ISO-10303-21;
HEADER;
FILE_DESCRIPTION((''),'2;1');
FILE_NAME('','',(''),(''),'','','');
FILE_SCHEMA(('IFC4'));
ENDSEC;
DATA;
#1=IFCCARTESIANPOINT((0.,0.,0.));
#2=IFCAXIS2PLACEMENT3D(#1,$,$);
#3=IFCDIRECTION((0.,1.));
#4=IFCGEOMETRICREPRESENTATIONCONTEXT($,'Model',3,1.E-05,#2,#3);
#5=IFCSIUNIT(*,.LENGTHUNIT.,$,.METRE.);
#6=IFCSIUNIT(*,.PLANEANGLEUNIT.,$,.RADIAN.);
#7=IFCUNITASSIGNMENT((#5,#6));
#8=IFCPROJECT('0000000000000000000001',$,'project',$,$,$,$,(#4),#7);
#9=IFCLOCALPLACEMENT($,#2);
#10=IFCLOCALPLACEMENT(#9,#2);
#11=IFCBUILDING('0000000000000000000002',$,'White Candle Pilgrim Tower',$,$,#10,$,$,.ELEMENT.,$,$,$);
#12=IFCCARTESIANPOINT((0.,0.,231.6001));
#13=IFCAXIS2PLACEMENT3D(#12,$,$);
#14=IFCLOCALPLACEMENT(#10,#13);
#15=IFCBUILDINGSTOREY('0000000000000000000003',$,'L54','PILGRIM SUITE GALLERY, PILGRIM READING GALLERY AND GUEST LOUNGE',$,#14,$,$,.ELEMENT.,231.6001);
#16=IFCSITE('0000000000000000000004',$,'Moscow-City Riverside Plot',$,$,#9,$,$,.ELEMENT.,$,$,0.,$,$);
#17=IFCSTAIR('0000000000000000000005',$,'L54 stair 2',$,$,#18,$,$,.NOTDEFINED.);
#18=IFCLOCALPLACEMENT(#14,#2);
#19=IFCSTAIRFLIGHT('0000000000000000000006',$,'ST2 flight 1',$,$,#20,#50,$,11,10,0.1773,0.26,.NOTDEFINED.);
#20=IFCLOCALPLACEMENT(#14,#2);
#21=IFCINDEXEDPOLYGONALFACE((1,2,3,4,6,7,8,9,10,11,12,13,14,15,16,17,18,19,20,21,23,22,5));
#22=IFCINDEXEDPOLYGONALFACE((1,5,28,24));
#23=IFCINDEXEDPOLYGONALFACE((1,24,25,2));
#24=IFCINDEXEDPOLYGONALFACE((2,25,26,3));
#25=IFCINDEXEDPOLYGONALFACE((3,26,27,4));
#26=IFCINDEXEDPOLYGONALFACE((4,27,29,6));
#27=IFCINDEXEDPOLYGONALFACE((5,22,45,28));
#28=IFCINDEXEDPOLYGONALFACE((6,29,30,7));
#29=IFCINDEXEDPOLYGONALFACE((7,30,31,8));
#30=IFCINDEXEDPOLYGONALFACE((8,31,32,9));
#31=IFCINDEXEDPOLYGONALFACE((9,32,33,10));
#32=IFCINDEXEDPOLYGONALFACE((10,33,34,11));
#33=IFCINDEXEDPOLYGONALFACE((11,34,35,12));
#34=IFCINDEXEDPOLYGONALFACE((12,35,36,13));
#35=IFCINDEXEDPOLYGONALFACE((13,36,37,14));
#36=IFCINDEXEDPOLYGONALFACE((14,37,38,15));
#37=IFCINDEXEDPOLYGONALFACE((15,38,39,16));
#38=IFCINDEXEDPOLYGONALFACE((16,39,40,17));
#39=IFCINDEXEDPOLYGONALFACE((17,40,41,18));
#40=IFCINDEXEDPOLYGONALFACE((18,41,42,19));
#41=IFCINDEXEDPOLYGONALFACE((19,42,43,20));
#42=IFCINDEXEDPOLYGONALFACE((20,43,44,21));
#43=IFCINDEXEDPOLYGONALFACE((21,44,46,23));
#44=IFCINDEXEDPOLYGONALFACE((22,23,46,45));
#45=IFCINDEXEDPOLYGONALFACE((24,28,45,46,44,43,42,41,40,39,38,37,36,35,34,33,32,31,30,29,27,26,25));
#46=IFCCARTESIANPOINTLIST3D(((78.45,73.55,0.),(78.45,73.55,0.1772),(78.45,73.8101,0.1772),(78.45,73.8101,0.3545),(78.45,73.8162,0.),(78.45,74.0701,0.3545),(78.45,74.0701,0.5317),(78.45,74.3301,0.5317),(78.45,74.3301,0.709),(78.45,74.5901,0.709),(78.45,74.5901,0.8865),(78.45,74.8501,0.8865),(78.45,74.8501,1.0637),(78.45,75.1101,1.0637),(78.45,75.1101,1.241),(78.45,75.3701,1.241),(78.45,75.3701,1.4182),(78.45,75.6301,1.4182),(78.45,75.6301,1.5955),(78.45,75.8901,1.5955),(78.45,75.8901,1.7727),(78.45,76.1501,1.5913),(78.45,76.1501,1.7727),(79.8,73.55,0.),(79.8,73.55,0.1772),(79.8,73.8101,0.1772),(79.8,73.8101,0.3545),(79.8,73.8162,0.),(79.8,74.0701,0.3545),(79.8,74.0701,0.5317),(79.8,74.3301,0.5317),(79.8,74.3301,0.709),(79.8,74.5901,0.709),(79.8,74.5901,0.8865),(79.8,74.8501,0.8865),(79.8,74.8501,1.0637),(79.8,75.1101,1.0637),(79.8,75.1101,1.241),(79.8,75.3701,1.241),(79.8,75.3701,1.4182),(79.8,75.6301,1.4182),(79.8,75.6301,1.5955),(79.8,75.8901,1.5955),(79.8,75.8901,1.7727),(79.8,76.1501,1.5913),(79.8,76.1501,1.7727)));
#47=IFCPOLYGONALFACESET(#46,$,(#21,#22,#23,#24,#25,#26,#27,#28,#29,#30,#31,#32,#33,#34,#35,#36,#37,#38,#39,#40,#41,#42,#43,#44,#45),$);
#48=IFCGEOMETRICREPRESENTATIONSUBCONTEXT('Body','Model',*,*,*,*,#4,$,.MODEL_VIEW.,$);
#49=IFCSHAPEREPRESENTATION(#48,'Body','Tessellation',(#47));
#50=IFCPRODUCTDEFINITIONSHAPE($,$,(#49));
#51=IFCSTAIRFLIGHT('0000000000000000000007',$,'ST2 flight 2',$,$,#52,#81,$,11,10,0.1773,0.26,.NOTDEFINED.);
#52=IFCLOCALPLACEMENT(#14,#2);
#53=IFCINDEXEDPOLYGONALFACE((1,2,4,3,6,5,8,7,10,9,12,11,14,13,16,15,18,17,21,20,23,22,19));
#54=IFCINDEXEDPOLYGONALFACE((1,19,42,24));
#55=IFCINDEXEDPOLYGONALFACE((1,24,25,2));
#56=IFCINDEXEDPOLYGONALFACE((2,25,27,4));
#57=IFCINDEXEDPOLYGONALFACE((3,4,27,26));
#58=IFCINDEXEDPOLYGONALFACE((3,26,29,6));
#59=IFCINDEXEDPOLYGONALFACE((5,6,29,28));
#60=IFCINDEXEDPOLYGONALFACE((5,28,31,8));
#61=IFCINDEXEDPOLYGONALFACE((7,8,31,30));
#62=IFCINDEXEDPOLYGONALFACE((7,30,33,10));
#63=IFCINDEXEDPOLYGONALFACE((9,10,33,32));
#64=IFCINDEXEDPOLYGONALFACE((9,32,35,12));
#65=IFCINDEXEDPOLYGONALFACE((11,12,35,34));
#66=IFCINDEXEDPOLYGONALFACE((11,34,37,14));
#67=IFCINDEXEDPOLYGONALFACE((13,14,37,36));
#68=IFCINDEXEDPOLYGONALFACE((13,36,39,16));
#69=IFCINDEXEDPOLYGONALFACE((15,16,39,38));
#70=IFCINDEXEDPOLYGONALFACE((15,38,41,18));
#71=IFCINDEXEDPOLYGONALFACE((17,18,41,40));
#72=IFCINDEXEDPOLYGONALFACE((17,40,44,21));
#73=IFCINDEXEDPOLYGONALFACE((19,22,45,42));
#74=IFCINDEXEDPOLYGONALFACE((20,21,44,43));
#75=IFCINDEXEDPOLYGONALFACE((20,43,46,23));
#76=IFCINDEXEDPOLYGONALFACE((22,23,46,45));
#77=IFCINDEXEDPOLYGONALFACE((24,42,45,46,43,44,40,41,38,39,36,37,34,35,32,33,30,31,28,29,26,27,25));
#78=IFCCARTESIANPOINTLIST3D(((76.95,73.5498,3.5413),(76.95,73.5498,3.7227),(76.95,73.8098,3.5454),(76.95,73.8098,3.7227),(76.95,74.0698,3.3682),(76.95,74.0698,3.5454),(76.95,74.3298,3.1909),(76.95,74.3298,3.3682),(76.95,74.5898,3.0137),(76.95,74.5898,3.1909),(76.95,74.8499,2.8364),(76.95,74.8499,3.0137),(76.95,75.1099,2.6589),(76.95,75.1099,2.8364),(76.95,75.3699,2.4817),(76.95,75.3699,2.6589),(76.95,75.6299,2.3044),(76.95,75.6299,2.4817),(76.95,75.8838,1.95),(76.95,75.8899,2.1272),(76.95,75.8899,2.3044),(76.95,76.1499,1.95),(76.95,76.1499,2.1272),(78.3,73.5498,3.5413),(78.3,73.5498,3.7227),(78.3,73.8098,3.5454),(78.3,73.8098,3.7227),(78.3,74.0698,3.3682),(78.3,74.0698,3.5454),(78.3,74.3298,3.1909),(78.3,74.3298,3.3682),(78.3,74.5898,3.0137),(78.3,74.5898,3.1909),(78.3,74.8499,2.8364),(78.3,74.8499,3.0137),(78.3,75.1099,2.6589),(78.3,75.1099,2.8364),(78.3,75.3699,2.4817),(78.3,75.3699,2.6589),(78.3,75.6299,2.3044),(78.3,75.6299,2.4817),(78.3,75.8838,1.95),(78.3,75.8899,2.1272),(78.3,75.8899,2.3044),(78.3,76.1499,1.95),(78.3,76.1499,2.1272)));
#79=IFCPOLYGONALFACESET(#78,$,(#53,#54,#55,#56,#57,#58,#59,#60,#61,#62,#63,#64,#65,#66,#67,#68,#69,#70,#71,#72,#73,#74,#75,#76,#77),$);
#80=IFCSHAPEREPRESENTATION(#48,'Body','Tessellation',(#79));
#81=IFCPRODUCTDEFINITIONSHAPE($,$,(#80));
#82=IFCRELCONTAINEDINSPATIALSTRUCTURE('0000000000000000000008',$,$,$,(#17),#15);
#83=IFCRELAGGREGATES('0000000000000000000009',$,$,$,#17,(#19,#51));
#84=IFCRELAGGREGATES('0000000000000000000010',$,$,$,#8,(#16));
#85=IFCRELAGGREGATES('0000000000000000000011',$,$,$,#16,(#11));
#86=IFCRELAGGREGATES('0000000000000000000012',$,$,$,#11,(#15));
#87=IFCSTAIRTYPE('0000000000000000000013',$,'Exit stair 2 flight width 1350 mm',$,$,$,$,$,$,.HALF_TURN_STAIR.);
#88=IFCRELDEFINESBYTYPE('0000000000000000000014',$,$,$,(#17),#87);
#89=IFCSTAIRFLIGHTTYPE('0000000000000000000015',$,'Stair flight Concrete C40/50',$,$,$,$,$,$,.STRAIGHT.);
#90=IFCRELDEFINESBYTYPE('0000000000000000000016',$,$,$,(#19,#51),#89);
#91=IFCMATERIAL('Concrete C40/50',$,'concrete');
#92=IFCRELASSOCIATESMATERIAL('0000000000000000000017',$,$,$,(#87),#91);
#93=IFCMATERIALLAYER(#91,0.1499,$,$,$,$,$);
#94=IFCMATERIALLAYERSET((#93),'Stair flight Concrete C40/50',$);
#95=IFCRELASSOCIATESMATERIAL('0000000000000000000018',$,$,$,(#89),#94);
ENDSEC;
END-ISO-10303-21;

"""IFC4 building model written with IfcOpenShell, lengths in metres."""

from ifc_helpers import new_model, si_unit, direction, frame, origin, place, context, subcontext, project, spatial, polyline, outline, extrude, material, layer, layer_set, type_object, element, aggregate, save


model = new_model("IFC4")

# Units and contexts
model_context = context("Model", 3, precision=1e-05, world=origin(), true_north=direction((0.0, 1.0)))
body_context = subcontext(model_context, "Body", "Model", "MODEL_VIEW")
ifc_project = project(units=[si_unit("LENGTHUNIT", "METRE"), si_unit("PLANEANGLEUNIT", "RADIAN")], contexts=[model_context])

# Site, building, storey
site_placement = place(None, origin())
site = spatial("IfcSite", under=ifc_project, at=site_placement, Name="Moscow-City Riverside Plot", CompositionType="ELEMENT", RefElevation=0.0)
building_placement = place(site_placement, origin())
building = spatial("IfcBuilding", under=site, at=building_placement, Name="White Candle Pilgrim Tower", CompositionType="ELEMENT")
storey_placement = place(building_placement, frame((0.0, 0.0, 231.6001)))
storey = spatial("IfcBuildingStorey", under=building, at=storey_placement, Name="L54", Description="PILGRIM SUITE GALLERY, PILGRIM READING GALLERY AND GUEST LOUNGE", CompositionType="ELEMENT", Elevation=231.6001)

# Stair, stair flights
ifc_material_1 = material(Name="Concrete C40/50", Category="concrete")
stair_type = type_object("IfcStairType", Name="Exit stair 2 flight width 1350 mm", PredefinedType="HALF_TURN_STAIR", material=ifc_material_1)
stair_placement = place(storey_placement, origin())
stair = element("IfcStair", 1, at=stair_placement, inside=storey, type_object=stair_type, Name="L54 stair 2", PredefinedType="NOTDEFINED")
ifc_layer_1 = layer(ifc_material_1, 0.1499)
ifc_layer_set_1 = layer_set([ifc_layer_1], Name="Stair flight Concrete C40/50")
stair_flight_type = type_object("IfcStairFlightType", Name="Stair flight Concrete C40/50", PredefinedType="STRAIGHT", material=ifc_layer_set_1)
stair_flight_1_placement = place(storey_placement, frame((79.125, 73.55, 0.0), z_axis=(0.0, 0.0, 1.0), x_axis=(0.0, 1.0, 0.0)))
stair_flight_1 = element("IfcStairFlight", 2, at=stair_flight_1_placement, type_object=stair_flight_type, Name="ST2 flight 1", NumberOfRisers=11, NumberOfTreads=10, PredefinedType="NOTDEFINED", RiserHeight=0.1773, TreadLength=0.26, context=body_context, shape_type="SweptSolid", body=[
    extrude(outline(polyline([(0.0, 0.0), (0.0, 0.1772), (0.26, 0.1772), (0.26, 0.3545), (0.52, 0.3545), (0.52, 0.5317), (0.78, 0.5317), (0.78, 0.709), (1.04, 0.709), (1.04, 0.8865), (1.3, 0.8865), (1.3, 1.0637), (1.5601, 1.0637), (1.5601, 1.241), (1.8201, 1.241), (1.8201, 1.4182), (2.0801, 1.4182), (2.0801, 1.5955), (2.3401, 1.5955), (2.3401, 1.7727), (2.6001, 1.7727), (2.6001, 1.95), (2.6001, 1.5913), (0.2661, 0.0), (0.0, 0.0)])), frame((0.0, 0.675, 0.0), z_axis=(0.0, -1.0, 0.0), x_axis=(1.0, 0.0, 0.0)), (0.0, 0.0, 1.0), 1.3501),
])
stair_flight_2_placement = place(storey_placement, frame((77.625, 76.1499, 1.95), z_axis=(0.0, 0.0, 1.0), x_axis=(0.0, -1.0, 0.0)))
stair_flight_2 = element("IfcStairFlight", 3, at=stair_flight_2_placement, type_object=stair_flight_type, Name="ST2 flight 2", NumberOfRisers=11, NumberOfTreads=10, PredefinedType="NOTDEFINED", RiserHeight=0.1773, TreadLength=0.26, context=body_context, shape_type="SweptSolid", body=[
    extrude(outline(polyline([(0.0, 0.0), (0.0, 0.1772), (0.26, 0.1772), (0.26, 0.3545), (0.52, 0.3545), (0.52, 0.5317), (0.78, 0.5317), (0.78, 0.709), (1.04, 0.709), (1.04, 0.8865), (1.3, 0.8865), (1.3, 1.0637), (1.5601, 1.0637), (1.5601, 1.241), (1.8201, 1.241), (1.8201, 1.4182), (2.0801, 1.4182), (2.0801, 1.5955), (2.3401, 1.5955), (2.3401, 1.7727), (2.6001, 1.7727), (2.6001, 1.95), (2.6001, 1.5913), (0.2661, 0.0), (0.0, 0.0)])), frame((0.0, 0.675, 0.0), z_axis=(0.0, -1.0, 0.0), x_axis=(1.0, 0.0, 0.0)), (0.0, 0.0, 1.0), 1.3501),
])
aggregate(stair, [stair_flight_1, stair_flight_2])

save(model, "model.ifc")
